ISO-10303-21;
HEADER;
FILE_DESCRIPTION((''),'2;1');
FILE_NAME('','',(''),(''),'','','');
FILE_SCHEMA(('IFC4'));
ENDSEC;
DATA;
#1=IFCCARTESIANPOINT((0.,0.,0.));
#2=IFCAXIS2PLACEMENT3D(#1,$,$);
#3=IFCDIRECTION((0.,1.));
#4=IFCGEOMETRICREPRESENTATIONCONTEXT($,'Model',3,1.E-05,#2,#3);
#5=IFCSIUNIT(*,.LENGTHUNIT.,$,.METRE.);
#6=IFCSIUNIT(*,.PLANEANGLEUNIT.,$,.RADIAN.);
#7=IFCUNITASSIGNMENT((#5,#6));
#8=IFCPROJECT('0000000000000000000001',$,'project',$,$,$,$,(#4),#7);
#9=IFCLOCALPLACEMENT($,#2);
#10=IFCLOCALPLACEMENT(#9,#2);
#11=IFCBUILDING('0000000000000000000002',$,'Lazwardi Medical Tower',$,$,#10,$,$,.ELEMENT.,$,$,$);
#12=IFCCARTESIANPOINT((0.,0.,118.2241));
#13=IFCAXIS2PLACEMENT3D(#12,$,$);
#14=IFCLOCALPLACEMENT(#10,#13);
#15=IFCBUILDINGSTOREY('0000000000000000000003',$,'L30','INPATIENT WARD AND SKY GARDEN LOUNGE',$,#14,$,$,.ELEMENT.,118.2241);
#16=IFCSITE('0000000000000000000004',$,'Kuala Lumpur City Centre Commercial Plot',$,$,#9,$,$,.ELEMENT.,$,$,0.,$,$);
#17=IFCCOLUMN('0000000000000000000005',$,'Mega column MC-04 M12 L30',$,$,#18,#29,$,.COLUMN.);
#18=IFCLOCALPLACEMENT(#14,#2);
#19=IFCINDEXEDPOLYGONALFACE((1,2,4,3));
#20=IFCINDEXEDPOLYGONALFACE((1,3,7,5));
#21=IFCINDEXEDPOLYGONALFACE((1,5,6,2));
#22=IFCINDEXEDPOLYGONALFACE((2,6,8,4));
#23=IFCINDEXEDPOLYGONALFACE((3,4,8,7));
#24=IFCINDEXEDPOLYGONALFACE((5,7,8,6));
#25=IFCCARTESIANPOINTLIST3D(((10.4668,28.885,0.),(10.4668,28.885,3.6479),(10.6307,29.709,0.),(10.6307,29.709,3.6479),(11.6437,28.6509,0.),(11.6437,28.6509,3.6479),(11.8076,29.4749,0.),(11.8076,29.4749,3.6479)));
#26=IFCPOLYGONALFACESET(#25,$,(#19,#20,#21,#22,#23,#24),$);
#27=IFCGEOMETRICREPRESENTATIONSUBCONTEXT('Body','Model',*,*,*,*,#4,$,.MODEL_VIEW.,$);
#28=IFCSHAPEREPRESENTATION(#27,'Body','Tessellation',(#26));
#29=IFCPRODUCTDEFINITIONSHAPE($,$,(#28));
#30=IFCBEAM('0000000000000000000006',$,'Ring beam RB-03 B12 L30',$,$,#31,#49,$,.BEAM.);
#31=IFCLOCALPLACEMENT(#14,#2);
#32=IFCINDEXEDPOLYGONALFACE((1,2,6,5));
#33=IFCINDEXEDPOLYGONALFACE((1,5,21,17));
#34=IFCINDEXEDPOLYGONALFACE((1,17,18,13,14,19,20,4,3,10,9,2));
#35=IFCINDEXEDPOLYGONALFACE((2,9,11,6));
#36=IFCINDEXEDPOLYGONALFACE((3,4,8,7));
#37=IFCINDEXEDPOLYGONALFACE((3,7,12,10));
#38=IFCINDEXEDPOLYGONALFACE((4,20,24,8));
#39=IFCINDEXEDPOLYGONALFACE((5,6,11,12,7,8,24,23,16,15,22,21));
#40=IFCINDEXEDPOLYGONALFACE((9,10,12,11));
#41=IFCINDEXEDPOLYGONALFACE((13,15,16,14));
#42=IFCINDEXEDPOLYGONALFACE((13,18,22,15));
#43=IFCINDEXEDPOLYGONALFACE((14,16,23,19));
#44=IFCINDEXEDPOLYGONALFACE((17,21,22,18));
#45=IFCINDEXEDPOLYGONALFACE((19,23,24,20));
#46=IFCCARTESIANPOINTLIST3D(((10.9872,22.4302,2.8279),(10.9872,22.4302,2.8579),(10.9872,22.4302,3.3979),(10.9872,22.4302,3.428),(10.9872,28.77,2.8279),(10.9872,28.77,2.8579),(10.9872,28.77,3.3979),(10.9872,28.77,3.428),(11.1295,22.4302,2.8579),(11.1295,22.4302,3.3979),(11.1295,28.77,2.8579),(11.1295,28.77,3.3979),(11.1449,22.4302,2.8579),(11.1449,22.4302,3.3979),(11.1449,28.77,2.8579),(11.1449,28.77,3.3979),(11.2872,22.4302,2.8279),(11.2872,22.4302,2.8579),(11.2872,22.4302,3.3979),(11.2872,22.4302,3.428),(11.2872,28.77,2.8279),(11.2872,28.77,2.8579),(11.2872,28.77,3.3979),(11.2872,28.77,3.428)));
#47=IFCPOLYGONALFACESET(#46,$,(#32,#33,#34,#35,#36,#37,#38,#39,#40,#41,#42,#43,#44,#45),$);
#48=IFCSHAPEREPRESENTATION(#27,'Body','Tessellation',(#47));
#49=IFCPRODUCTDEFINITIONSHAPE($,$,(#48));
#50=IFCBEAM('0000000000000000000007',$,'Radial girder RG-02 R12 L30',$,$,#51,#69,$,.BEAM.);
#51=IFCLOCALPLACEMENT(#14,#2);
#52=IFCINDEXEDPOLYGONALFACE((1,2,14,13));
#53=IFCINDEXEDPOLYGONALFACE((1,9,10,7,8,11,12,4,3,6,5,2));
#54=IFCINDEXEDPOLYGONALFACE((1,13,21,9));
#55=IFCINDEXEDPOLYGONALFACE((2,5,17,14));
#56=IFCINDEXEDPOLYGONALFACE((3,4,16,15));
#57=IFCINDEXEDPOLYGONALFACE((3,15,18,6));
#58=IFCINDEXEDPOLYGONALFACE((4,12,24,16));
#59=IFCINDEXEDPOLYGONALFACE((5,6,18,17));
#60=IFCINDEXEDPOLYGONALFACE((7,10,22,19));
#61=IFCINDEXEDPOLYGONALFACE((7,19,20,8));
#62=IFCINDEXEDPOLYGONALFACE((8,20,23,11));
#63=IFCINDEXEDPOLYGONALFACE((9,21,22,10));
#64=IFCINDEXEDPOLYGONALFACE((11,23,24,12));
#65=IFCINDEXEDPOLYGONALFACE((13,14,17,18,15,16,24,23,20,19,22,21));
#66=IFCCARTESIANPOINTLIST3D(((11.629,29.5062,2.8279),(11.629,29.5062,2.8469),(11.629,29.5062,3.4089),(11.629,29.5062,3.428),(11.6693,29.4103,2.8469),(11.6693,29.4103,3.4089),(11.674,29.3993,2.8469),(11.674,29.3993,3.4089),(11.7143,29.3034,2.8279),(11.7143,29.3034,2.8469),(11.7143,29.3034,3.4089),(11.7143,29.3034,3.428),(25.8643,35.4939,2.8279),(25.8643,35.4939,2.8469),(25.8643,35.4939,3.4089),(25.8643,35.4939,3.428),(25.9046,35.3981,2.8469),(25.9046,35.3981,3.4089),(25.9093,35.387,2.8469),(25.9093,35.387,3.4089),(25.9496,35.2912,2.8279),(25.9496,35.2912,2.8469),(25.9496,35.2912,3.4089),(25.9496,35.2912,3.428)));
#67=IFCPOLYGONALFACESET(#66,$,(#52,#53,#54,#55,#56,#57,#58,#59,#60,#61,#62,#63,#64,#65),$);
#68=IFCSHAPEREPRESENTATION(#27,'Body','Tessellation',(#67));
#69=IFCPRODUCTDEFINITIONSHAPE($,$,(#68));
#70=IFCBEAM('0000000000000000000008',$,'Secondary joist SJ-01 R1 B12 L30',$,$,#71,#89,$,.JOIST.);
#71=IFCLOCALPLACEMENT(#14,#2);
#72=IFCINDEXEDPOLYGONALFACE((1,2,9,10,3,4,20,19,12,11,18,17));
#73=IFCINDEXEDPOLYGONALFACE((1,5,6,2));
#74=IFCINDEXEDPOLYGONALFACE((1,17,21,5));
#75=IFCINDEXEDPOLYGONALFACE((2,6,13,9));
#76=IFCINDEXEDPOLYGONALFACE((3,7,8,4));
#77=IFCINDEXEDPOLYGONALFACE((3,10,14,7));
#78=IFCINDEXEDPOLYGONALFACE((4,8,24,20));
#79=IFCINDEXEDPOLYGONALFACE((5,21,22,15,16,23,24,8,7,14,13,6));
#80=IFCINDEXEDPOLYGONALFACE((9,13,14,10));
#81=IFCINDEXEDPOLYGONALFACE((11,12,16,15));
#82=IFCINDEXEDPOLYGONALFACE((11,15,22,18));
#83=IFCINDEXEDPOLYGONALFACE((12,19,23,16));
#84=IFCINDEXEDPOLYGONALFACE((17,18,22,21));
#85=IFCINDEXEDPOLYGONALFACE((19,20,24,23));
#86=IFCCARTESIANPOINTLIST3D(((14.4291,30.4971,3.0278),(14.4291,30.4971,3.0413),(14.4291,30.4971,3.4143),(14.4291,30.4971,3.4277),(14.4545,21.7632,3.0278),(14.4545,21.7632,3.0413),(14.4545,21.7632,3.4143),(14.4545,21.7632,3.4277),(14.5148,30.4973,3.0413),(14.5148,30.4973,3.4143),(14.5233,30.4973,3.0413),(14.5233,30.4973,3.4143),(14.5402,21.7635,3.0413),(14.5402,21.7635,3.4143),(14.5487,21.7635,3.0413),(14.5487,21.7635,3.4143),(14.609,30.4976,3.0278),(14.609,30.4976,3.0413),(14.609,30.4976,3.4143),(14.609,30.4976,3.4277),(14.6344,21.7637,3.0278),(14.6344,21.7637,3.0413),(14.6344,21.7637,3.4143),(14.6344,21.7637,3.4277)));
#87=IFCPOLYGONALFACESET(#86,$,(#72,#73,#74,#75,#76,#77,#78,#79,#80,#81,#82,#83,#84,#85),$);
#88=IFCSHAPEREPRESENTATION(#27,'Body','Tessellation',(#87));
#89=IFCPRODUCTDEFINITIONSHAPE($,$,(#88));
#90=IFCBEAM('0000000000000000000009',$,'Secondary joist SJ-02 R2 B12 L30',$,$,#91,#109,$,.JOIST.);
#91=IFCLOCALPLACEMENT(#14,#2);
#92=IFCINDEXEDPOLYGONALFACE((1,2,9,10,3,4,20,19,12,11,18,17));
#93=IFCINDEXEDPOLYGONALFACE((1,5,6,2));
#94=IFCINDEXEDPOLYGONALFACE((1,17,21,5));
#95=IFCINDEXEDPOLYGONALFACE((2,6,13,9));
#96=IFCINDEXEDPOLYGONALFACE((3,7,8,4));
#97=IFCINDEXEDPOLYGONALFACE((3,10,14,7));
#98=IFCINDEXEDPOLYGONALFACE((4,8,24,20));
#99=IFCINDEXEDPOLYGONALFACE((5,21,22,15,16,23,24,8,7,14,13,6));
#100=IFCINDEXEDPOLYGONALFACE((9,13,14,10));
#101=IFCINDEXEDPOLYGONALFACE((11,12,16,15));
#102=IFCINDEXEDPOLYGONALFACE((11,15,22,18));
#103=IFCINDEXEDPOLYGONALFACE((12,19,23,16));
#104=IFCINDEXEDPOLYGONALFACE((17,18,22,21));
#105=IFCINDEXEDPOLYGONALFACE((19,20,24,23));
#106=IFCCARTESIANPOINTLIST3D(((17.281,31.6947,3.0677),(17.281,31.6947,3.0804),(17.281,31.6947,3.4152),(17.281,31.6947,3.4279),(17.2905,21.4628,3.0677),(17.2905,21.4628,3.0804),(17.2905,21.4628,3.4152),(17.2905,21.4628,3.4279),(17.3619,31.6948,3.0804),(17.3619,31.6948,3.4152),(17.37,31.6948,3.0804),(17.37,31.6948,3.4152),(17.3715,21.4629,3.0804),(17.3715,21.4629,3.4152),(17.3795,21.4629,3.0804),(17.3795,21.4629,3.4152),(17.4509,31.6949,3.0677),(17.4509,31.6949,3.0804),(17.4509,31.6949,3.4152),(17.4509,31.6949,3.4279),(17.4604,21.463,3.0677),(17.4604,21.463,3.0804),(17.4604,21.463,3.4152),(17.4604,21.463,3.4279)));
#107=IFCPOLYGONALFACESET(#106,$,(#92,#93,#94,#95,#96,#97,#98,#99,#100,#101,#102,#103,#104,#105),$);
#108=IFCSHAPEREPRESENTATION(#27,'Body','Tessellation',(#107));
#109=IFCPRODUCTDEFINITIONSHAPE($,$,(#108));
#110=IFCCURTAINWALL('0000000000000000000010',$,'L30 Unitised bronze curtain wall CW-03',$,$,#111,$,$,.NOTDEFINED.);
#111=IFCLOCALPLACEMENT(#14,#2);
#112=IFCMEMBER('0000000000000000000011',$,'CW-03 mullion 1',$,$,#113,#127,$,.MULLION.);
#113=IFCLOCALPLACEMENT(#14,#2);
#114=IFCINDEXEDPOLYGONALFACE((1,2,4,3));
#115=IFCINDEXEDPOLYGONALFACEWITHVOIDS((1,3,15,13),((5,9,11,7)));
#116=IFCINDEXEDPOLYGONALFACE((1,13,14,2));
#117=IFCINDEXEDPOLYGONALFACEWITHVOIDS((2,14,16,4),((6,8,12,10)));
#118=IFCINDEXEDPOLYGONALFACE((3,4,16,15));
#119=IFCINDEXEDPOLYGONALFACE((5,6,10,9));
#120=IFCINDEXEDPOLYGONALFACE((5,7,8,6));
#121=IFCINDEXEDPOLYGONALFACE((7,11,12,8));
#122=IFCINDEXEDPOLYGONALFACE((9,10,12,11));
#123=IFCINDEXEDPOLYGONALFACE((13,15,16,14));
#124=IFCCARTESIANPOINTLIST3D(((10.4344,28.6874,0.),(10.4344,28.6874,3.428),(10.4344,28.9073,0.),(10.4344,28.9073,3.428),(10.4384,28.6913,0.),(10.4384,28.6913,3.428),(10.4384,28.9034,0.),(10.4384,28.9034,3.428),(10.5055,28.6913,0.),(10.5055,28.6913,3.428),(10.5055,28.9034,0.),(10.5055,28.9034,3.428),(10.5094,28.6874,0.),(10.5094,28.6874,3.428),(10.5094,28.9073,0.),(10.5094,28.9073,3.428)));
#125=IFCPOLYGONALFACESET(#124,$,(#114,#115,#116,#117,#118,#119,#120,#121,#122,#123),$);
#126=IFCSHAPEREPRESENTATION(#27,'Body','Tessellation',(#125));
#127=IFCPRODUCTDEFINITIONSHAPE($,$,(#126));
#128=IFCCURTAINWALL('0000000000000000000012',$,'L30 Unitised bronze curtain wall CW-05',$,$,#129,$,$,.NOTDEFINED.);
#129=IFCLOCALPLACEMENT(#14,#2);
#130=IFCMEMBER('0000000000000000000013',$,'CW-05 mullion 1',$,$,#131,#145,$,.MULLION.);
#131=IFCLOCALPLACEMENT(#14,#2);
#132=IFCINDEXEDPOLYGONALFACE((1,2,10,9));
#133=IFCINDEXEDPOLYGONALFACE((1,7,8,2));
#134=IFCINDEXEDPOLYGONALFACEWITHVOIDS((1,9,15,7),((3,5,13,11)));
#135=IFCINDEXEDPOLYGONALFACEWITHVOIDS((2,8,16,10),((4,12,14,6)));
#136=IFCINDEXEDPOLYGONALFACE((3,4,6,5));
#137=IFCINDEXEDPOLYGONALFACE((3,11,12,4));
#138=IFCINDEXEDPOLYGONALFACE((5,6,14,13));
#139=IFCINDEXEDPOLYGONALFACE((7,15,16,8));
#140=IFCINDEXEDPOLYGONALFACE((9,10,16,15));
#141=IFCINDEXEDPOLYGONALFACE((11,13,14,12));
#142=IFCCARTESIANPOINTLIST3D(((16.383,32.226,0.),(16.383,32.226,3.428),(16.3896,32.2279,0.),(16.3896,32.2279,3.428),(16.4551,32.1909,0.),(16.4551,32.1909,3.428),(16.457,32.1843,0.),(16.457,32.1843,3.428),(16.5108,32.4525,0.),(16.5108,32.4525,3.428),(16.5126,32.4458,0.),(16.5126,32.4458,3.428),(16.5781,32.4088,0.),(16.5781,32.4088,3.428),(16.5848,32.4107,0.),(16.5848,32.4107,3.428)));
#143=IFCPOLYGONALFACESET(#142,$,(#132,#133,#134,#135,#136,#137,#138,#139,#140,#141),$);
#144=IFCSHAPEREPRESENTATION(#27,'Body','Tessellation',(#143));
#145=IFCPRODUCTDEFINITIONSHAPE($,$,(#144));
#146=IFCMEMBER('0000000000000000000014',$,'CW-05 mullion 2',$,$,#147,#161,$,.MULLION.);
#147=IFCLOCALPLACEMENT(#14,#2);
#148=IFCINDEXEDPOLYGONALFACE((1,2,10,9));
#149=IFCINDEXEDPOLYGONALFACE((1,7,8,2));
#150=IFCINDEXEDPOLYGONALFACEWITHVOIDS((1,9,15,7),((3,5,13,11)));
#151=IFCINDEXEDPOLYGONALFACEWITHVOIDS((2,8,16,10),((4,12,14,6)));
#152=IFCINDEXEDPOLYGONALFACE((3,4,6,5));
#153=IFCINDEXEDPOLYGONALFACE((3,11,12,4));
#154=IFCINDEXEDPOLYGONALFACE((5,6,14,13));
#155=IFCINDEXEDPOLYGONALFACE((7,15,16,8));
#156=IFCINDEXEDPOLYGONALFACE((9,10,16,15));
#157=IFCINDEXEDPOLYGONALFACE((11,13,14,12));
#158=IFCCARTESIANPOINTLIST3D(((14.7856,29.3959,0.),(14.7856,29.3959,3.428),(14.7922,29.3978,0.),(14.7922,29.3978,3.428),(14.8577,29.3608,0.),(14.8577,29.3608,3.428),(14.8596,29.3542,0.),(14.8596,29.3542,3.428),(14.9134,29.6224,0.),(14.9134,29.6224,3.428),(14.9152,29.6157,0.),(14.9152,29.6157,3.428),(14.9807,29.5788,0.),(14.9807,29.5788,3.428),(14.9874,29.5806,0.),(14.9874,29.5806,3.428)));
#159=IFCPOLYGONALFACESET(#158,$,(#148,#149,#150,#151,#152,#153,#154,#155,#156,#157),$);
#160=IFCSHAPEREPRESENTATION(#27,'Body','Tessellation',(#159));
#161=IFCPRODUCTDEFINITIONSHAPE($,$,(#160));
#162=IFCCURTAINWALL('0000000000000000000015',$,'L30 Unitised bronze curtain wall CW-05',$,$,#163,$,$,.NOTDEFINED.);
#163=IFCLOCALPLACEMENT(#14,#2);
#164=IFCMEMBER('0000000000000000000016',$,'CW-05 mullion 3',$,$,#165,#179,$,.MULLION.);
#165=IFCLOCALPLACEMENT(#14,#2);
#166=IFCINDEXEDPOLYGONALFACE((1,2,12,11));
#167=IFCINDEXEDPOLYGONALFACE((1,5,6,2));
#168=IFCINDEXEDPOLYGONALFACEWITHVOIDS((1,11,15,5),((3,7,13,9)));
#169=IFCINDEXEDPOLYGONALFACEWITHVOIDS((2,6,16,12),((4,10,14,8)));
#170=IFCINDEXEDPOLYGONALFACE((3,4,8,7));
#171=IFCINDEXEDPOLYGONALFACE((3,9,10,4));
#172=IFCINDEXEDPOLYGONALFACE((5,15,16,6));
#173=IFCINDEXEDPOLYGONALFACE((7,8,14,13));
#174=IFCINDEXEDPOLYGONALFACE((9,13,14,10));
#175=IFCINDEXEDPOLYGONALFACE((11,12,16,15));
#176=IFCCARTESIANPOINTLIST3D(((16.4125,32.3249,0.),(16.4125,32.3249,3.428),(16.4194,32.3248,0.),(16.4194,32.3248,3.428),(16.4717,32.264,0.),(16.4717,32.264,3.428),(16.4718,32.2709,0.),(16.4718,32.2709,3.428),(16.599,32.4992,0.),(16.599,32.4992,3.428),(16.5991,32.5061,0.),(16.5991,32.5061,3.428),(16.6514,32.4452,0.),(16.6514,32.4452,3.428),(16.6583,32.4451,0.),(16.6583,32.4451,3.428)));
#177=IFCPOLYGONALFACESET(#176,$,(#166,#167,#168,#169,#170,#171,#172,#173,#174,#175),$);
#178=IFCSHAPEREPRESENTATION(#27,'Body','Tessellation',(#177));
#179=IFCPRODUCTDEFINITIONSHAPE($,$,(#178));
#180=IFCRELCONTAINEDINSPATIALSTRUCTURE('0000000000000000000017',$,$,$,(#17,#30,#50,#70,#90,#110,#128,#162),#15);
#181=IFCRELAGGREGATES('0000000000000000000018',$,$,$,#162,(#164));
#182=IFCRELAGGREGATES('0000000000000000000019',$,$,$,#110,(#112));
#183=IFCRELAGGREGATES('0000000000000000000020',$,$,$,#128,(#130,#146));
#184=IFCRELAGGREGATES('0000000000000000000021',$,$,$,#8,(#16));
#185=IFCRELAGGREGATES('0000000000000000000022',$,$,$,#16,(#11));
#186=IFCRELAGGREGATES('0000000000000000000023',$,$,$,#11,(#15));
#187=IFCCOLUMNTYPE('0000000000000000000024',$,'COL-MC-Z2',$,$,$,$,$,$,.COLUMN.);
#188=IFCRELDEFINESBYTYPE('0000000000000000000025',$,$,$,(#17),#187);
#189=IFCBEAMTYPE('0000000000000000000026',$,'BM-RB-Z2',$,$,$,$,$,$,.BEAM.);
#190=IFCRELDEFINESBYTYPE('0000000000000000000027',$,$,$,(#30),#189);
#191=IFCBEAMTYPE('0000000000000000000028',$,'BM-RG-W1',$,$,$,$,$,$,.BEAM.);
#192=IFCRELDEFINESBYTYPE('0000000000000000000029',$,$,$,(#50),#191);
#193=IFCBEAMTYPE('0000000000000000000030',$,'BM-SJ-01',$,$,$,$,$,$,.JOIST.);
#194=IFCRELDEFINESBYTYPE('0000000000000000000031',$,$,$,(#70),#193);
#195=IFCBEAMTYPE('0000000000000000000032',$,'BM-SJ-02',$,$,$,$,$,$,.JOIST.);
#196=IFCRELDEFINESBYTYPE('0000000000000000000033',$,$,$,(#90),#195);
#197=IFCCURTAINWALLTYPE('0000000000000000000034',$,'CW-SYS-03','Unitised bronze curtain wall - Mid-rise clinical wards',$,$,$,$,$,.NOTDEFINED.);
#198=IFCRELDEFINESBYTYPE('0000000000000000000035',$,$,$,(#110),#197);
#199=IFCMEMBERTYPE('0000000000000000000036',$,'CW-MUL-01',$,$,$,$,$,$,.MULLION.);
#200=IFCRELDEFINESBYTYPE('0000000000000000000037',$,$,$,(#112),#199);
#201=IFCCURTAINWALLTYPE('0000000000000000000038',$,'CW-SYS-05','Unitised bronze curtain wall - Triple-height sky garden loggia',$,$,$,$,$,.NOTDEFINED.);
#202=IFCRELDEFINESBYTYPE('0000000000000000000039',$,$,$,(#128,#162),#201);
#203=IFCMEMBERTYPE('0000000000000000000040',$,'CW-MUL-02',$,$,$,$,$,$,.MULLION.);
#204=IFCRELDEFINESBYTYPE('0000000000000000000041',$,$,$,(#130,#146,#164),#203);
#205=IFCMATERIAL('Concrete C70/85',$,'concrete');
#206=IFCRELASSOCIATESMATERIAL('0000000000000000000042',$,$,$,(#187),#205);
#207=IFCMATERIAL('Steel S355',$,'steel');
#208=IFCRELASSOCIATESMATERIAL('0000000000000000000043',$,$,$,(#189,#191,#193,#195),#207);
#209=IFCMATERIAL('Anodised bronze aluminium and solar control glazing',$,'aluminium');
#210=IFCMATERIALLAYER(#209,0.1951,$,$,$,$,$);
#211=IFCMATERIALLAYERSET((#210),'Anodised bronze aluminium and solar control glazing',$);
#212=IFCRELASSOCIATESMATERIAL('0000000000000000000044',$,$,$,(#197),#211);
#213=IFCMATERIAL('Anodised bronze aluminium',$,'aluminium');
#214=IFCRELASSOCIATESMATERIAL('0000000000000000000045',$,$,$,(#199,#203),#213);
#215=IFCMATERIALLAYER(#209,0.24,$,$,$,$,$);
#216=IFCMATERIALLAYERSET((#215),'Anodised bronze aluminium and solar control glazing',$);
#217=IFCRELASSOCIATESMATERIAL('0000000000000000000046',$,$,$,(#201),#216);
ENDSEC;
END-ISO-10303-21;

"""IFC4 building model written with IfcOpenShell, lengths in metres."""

from ifc_helpers import new_model, si_unit, direction, frame, origin, origin_2d, place, context, subcontext, project, spatial, rectangle, hollow_rectangle, i_section, extrude, material, layer, layer_set, material_profile, profile_set, type_object, element, aggregate, save


model = new_model("IFC4")

# Units and contexts
model_context = context("Model", 3, precision=1e-05, world=origin(), true_north=direction((0.0, 1.0)))
body_context = subcontext(model_context, "Body", "Model", "MODEL_VIEW")
ifc_project = project(units=[si_unit("LENGTHUNIT", "METRE"), si_unit("PLANEANGLEUNIT", "RADIAN")], contexts=[model_context])

# Site, building, storey
site_placement = place(None, origin())
site = spatial("IfcSite", under=ifc_project, at=site_placement, Name="Kuala Lumpur City Centre Commercial Plot", CompositionType="ELEMENT", RefElevation=0.0)
building_placement = place(site_placement, origin())
building = spatial("IfcBuilding", under=site, at=building_placement, Name="Lazwardi Medical Tower", CompositionType="ELEMENT")
storey_placement = place(building_placement, frame((0.0, 0.0, 118.2241)))
storey = spatial("IfcBuildingStorey", under=building, at=storey_placement, Name="L30", Description="INPATIENT WARD AND SKY GARDEN LOUNGE", CompositionType="ELEMENT", Elevation=118.2241)

# Column
ifc_material_1 = material(Name="Concrete C70/85", Category="concrete")
ifc_material_profile_1 = material_profile(ifc_material_1, rectangle(XDim=1.2, YDim=0.8401, at=origin_2d()), Name="CFT-RECT 1200x840")
ifc_profile_set_1 = profile_set([ifc_material_profile_1], Name="Concrete C70/85")
column_type = type_object("IfcColumnType", Name="COL-MC-Z2", PredefinedType="COLUMN", material=ifc_profile_set_1)
column_placement = place(storey_placement, frame((11.1372, 29.1799, 0.0), z_axis=(0.0, 0.0, 1.0), x_axis=(-0.980785, 0.19509, 0.0)))
element("IfcColumn", 1, at=column_placement, inside=storey, type_object=column_type, Name="Mega column MC-04 M12 L30", PredefinedType="COLUMN", context=body_context, shape_type="SweptSolid", body=[
    extrude(rectangle(XDim=1.2, YDim=0.8401, at=origin_2d()), origin(), (0.0, 0.0, 1.0), 3.6479),
])

# Beams
ifc_material_2 = material(Name="Steel S355", Category="steel")
ifc_material_profile_2 = material_profile(ifc_material_2, i_section(OverallWidth=0.3, OverallDepth=0.6001, WebThickness=0.0154, FlangeThickness=0.03, at=origin_2d()), Name="HEB 600")
ifc_profile_set_2 = profile_set([ifc_material_profile_2], Name="Steel S355")
beam_type_1 = type_object("IfcBeamType", Name="BM-RB-Z2", PredefinedType="BEAM", material=ifc_profile_set_2)
beam_1_placement = place(storey_placement, frame((11.1372, 28.77, 3.1279), z_axis=(0.0, -1.0, 0.0), x_axis=(1.0, 0.0, 0.0)))
element("IfcBeam", 2, at=beam_1_placement, inside=storey, type_object=beam_type_1, Name="Ring beam RB-03 B12 L30", PredefinedType="BEAM", context=body_context, shape_type="SweptSolid", body=[
    extrude(i_section(OverallWidth=0.3, OverallDepth=0.6001, WebThickness=0.0154, FlangeThickness=0.03, at=origin_2d()), origin(), (0.0, 0.0, 1.0), 6.3398),
])
ifc_material_profile_3 = material_profile(ifc_material_2, i_section(OverallWidth=0.22, OverallDepth=0.6001, WebThickness=0.012, FlangeThickness=0.019, at=origin_2d()), Name="IPE 600")
ifc_profile_set_3 = profile_set([ifc_material_profile_3], Name="Steel S355")
beam_type_2 = type_object("IfcBeamType", Name="BM-RG-W1", PredefinedType="BEAM", material=ifc_profile_set_3)
beam_2_placement = place(storey_placement, frame((11.6716, 29.4048, 3.1279), z_axis=(0.921775, 0.387725, 0.0), x_axis=(-0.387725, 0.921775, 0.0)))
element("IfcBeam", 3, at=beam_2_placement, inside=storey, type_object=beam_type_2, Name="Radial girder RG-02 R12 L30", PredefinedType="BEAM", context=body_context, shape_type="SweptSolid", body=[
    extrude(i_section(OverallWidth=0.22, OverallDepth=0.6001, WebThickness=0.012, FlangeThickness=0.019, at=origin_2d()), origin(), (0.0, 0.0, 1.0), 15.4434),
])
ifc_material_profile_4 = material_profile(ifc_material_2, i_section(OverallWidth=0.1799, OverallDepth=0.3999, WebThickness=0.0085, FlangeThickness=0.0134, at=origin_2d()), Name="IPE 400")
ifc_profile_set_4 = profile_set([ifc_material_profile_4], Name="Steel S355")
beam_type_3 = type_object("IfcBeamType", Name="BM-SJ-01", PredefinedType="JOIST", material=ifc_profile_set_4)
beam_3_placement = place(storey_placement, frame((14.519, 30.4973, 3.2278), z_axis=(0.002907, -0.999996, 0.0), x_axis=(0.999996, 0.002907, 0.0)))
element("IfcBeam", 4, at=beam_3_placement, inside=storey, type_object=beam_type_3, Name="Secondary joist SJ-01 R1 B12 L30", PredefinedType="JOIST", context=body_context, shape_type="SweptSolid", body=[
    extrude(i_section(OverallWidth=0.1799, OverallDepth=0.3999, WebThickness=0.0085, FlangeThickness=0.0134, at=origin_2d()), origin(), (0.0, 0.0, 1.0), 8.7339),
])
ifc_material_profile_5 = material_profile(ifc_material_2, i_section(OverallWidth=0.1699, OverallDepth=0.3601, WebThickness=0.0081, FlangeThickness=0.0127, at=origin_2d()), Name="IPE 360")
ifc_profile_set_5 = profile_set([ifc_material_profile_5], Name="Steel S355")
beam_type_4 = type_object("IfcBeamType", Name="BM-SJ-02", PredefinedType="JOIST", material=ifc_profile_set_5)
beam_4_placement = place(storey_placement, frame((17.366, 31.6948, 3.2478), z_axis=(0.000931, -1.0, 0.0), x_axis=(1.0, 0.000931, 0.0)))
element("IfcBeam", 5, at=beam_4_placement, inside=storey, type_object=beam_type_4, Name="Secondary joist SJ-02 R2 B12 L30", PredefinedType="JOIST", context=body_context, shape_type="SweptSolid", body=[
    extrude(i_section(OverallWidth=0.1699, OverallDepth=0.3601, WebThickness=0.0081, FlangeThickness=0.0127, at=origin_2d()), origin(), (0.0, 0.0, 1.0), 10.2319),
])

# Curtain wall, member
ifc_material_3 = material(Name="Anodised bronze aluminium and solar control glazing", Category="aluminium")
ifc_layer_1 = layer(ifc_material_3, 0.1951)
ifc_layer_set_1 = layer_set([ifc_layer_1], Name="Anodised bronze aluminium and solar control glazing")
curtain_wall_type_1 = type_object("IfcCurtainWallType", Name="CW-SYS-03", Description="Unitised bronze curtain wall - Mid-rise clinical wards", PredefinedType="NOTDEFINED", material=ifc_layer_set_1)
curtain_wall_1_placement = place(storey_placement, origin())
curtain_wall_1 = element("IfcCurtainWall", 6, at=curtain_wall_1_placement, inside=storey, type_object=curtain_wall_type_1, Name="L30 Unitised bronze curtain wall CW-03", PredefinedType="NOTDEFINED")
ifc_material_4 = material(Name="Anodised bronze aluminium", Category="aluminium")
ifc_material_profile_6 = material_profile(ifc_material_4, hollow_rectangle(XDim=0.075, YDim=0.22, WallThickness=0.0039, at=origin_2d()), Name="ALU-MULLION 220x75x4")
ifc_profile_set_6 = profile_set([ifc_material_profile_6], Name="Anodised bronze aluminium")
member_type_1 = type_object("IfcMemberType", Name="CW-MUL-01", PredefinedType="MULLION", material=ifc_profile_set_6)
member_1_placement = place(storey_placement, frame((10.4719, 28.7974, 0.0), z_axis=(0.0, 0.0, 1.0), x_axis=(1.0, 0.0, 0.0)))
member_1 = element("IfcMember", 7, at=member_1_placement, type_object=member_type_1, Name="CW-03 mullion 1", PredefinedType="MULLION", context=body_context, shape_type="SweptSolid", body=[
    extrude(hollow_rectangle(XDim=0.075, YDim=0.22, WallThickness=0.0039, at=origin_2d()), origin(), (0.0, 0.0, 1.0), 3.428),
])

# Curtain wall, members
ifc_layer_2 = layer(ifc_material_3, 0.24)
ifc_layer_set_2 = layer_set([ifc_layer_2], Name="Anodised bronze aluminium and solar control glazing")
curtain_wall_type_2 = type_object("IfcCurtainWallType", Name="CW-SYS-05", Description="Unitised bronze curtain wall - Triple-height sky garden loggia", PredefinedType="NOTDEFINED", material=ifc_layer_set_2)
curtain_wall_2_placement = place(storey_placement, origin())
curtain_wall_2 = element("IfcCurtainWall", 8, at=curtain_wall_2_placement, inside=storey, type_object=curtain_wall_type_2, Name="L30 Unitised bronze curtain wall CW-05", PredefinedType="NOTDEFINED")
ifc_material_profile_7 = material_profile(ifc_material_4, hollow_rectangle(XDim=0.085, YDim=0.26, WallThickness=0.0049, at=origin_2d()), Name="ALU-MULLION 260x85x5")
ifc_profile_set_7 = profile_set([ifc_material_profile_7], Name="Anodised bronze aluminium")
member_type_2 = type_object("IfcMemberType", Name="CW-MUL-02", PredefinedType="MULLION", material=ifc_profile_set_7)
member_2_placement = place(storey_placement, frame((16.4839, 32.3184, 0.0), z_axis=(0.0, 0.0, 1.0), x_axis=(0.870846, -0.491556, 0.0)))
member_2 = element("IfcMember", 9, at=member_2_placement, type_object=member_type_2, Name="CW-05 mullion 1", PredefinedType="MULLION", context=body_context, shape_type="SweptSolid", body=[
    extrude(hollow_rectangle(XDim=0.085, YDim=0.26, WallThickness=0.0049, at=origin_2d()), origin(), (0.0, 0.0, 1.0), 3.428),
])
member_3_placement = place(storey_placement, frame((14.8865, 29.4883, 0.0), z_axis=(0.0, 0.0, 1.0), x_axis=(0.870846, -0.491556, 0.0)))
member_3 = element("IfcMember", 10, at=member_3_placement, type_object=member_type_2, Name="CW-05 mullion 2", PredefinedType="MULLION", context=body_context, shape_type="SweptSolid", body=[
    extrude(hollow_rectangle(XDim=0.085, YDim=0.26, WallThickness=0.0049, at=origin_2d()), origin(), (0.0, 0.0, 1.0), 3.428),
])

# Curtain wall, member
curtain_wall_3_placement = place(storey_placement, origin())
curtain_wall_3 = element("IfcCurtainWall", 11, at=curtain_wall_3_placement, inside=storey, type_object=curtain_wall_type_2, Name="L30 Unitised bronze curtain wall CW-05", PredefinedType="NOTDEFINED")
member_4_placement = place(storey_placement, frame((16.5354, 32.385, 0.0), z_axis=(0.0, 0.0, 1.0), x_axis=(0.696712, -0.717351, 0.0)))
member_4 = element("IfcMember", 12, at=member_4_placement, type_object=member_type_2, Name="CW-05 mullion 3", PredefinedType="MULLION", context=body_context, shape_type="SweptSolid", body=[
    extrude(hollow_rectangle(XDim=0.085, YDim=0.26, WallThickness=0.0049, at=origin_2d()), origin(), (0.0, 0.0, 1.0), 3.428),
])
aggregate(curtain_wall_3, [member_4])

aggregate(curtain_wall_1, [member_1])

aggregate(curtain_wall_2, [member_2, member_3])

save(model, "model.ifc")
